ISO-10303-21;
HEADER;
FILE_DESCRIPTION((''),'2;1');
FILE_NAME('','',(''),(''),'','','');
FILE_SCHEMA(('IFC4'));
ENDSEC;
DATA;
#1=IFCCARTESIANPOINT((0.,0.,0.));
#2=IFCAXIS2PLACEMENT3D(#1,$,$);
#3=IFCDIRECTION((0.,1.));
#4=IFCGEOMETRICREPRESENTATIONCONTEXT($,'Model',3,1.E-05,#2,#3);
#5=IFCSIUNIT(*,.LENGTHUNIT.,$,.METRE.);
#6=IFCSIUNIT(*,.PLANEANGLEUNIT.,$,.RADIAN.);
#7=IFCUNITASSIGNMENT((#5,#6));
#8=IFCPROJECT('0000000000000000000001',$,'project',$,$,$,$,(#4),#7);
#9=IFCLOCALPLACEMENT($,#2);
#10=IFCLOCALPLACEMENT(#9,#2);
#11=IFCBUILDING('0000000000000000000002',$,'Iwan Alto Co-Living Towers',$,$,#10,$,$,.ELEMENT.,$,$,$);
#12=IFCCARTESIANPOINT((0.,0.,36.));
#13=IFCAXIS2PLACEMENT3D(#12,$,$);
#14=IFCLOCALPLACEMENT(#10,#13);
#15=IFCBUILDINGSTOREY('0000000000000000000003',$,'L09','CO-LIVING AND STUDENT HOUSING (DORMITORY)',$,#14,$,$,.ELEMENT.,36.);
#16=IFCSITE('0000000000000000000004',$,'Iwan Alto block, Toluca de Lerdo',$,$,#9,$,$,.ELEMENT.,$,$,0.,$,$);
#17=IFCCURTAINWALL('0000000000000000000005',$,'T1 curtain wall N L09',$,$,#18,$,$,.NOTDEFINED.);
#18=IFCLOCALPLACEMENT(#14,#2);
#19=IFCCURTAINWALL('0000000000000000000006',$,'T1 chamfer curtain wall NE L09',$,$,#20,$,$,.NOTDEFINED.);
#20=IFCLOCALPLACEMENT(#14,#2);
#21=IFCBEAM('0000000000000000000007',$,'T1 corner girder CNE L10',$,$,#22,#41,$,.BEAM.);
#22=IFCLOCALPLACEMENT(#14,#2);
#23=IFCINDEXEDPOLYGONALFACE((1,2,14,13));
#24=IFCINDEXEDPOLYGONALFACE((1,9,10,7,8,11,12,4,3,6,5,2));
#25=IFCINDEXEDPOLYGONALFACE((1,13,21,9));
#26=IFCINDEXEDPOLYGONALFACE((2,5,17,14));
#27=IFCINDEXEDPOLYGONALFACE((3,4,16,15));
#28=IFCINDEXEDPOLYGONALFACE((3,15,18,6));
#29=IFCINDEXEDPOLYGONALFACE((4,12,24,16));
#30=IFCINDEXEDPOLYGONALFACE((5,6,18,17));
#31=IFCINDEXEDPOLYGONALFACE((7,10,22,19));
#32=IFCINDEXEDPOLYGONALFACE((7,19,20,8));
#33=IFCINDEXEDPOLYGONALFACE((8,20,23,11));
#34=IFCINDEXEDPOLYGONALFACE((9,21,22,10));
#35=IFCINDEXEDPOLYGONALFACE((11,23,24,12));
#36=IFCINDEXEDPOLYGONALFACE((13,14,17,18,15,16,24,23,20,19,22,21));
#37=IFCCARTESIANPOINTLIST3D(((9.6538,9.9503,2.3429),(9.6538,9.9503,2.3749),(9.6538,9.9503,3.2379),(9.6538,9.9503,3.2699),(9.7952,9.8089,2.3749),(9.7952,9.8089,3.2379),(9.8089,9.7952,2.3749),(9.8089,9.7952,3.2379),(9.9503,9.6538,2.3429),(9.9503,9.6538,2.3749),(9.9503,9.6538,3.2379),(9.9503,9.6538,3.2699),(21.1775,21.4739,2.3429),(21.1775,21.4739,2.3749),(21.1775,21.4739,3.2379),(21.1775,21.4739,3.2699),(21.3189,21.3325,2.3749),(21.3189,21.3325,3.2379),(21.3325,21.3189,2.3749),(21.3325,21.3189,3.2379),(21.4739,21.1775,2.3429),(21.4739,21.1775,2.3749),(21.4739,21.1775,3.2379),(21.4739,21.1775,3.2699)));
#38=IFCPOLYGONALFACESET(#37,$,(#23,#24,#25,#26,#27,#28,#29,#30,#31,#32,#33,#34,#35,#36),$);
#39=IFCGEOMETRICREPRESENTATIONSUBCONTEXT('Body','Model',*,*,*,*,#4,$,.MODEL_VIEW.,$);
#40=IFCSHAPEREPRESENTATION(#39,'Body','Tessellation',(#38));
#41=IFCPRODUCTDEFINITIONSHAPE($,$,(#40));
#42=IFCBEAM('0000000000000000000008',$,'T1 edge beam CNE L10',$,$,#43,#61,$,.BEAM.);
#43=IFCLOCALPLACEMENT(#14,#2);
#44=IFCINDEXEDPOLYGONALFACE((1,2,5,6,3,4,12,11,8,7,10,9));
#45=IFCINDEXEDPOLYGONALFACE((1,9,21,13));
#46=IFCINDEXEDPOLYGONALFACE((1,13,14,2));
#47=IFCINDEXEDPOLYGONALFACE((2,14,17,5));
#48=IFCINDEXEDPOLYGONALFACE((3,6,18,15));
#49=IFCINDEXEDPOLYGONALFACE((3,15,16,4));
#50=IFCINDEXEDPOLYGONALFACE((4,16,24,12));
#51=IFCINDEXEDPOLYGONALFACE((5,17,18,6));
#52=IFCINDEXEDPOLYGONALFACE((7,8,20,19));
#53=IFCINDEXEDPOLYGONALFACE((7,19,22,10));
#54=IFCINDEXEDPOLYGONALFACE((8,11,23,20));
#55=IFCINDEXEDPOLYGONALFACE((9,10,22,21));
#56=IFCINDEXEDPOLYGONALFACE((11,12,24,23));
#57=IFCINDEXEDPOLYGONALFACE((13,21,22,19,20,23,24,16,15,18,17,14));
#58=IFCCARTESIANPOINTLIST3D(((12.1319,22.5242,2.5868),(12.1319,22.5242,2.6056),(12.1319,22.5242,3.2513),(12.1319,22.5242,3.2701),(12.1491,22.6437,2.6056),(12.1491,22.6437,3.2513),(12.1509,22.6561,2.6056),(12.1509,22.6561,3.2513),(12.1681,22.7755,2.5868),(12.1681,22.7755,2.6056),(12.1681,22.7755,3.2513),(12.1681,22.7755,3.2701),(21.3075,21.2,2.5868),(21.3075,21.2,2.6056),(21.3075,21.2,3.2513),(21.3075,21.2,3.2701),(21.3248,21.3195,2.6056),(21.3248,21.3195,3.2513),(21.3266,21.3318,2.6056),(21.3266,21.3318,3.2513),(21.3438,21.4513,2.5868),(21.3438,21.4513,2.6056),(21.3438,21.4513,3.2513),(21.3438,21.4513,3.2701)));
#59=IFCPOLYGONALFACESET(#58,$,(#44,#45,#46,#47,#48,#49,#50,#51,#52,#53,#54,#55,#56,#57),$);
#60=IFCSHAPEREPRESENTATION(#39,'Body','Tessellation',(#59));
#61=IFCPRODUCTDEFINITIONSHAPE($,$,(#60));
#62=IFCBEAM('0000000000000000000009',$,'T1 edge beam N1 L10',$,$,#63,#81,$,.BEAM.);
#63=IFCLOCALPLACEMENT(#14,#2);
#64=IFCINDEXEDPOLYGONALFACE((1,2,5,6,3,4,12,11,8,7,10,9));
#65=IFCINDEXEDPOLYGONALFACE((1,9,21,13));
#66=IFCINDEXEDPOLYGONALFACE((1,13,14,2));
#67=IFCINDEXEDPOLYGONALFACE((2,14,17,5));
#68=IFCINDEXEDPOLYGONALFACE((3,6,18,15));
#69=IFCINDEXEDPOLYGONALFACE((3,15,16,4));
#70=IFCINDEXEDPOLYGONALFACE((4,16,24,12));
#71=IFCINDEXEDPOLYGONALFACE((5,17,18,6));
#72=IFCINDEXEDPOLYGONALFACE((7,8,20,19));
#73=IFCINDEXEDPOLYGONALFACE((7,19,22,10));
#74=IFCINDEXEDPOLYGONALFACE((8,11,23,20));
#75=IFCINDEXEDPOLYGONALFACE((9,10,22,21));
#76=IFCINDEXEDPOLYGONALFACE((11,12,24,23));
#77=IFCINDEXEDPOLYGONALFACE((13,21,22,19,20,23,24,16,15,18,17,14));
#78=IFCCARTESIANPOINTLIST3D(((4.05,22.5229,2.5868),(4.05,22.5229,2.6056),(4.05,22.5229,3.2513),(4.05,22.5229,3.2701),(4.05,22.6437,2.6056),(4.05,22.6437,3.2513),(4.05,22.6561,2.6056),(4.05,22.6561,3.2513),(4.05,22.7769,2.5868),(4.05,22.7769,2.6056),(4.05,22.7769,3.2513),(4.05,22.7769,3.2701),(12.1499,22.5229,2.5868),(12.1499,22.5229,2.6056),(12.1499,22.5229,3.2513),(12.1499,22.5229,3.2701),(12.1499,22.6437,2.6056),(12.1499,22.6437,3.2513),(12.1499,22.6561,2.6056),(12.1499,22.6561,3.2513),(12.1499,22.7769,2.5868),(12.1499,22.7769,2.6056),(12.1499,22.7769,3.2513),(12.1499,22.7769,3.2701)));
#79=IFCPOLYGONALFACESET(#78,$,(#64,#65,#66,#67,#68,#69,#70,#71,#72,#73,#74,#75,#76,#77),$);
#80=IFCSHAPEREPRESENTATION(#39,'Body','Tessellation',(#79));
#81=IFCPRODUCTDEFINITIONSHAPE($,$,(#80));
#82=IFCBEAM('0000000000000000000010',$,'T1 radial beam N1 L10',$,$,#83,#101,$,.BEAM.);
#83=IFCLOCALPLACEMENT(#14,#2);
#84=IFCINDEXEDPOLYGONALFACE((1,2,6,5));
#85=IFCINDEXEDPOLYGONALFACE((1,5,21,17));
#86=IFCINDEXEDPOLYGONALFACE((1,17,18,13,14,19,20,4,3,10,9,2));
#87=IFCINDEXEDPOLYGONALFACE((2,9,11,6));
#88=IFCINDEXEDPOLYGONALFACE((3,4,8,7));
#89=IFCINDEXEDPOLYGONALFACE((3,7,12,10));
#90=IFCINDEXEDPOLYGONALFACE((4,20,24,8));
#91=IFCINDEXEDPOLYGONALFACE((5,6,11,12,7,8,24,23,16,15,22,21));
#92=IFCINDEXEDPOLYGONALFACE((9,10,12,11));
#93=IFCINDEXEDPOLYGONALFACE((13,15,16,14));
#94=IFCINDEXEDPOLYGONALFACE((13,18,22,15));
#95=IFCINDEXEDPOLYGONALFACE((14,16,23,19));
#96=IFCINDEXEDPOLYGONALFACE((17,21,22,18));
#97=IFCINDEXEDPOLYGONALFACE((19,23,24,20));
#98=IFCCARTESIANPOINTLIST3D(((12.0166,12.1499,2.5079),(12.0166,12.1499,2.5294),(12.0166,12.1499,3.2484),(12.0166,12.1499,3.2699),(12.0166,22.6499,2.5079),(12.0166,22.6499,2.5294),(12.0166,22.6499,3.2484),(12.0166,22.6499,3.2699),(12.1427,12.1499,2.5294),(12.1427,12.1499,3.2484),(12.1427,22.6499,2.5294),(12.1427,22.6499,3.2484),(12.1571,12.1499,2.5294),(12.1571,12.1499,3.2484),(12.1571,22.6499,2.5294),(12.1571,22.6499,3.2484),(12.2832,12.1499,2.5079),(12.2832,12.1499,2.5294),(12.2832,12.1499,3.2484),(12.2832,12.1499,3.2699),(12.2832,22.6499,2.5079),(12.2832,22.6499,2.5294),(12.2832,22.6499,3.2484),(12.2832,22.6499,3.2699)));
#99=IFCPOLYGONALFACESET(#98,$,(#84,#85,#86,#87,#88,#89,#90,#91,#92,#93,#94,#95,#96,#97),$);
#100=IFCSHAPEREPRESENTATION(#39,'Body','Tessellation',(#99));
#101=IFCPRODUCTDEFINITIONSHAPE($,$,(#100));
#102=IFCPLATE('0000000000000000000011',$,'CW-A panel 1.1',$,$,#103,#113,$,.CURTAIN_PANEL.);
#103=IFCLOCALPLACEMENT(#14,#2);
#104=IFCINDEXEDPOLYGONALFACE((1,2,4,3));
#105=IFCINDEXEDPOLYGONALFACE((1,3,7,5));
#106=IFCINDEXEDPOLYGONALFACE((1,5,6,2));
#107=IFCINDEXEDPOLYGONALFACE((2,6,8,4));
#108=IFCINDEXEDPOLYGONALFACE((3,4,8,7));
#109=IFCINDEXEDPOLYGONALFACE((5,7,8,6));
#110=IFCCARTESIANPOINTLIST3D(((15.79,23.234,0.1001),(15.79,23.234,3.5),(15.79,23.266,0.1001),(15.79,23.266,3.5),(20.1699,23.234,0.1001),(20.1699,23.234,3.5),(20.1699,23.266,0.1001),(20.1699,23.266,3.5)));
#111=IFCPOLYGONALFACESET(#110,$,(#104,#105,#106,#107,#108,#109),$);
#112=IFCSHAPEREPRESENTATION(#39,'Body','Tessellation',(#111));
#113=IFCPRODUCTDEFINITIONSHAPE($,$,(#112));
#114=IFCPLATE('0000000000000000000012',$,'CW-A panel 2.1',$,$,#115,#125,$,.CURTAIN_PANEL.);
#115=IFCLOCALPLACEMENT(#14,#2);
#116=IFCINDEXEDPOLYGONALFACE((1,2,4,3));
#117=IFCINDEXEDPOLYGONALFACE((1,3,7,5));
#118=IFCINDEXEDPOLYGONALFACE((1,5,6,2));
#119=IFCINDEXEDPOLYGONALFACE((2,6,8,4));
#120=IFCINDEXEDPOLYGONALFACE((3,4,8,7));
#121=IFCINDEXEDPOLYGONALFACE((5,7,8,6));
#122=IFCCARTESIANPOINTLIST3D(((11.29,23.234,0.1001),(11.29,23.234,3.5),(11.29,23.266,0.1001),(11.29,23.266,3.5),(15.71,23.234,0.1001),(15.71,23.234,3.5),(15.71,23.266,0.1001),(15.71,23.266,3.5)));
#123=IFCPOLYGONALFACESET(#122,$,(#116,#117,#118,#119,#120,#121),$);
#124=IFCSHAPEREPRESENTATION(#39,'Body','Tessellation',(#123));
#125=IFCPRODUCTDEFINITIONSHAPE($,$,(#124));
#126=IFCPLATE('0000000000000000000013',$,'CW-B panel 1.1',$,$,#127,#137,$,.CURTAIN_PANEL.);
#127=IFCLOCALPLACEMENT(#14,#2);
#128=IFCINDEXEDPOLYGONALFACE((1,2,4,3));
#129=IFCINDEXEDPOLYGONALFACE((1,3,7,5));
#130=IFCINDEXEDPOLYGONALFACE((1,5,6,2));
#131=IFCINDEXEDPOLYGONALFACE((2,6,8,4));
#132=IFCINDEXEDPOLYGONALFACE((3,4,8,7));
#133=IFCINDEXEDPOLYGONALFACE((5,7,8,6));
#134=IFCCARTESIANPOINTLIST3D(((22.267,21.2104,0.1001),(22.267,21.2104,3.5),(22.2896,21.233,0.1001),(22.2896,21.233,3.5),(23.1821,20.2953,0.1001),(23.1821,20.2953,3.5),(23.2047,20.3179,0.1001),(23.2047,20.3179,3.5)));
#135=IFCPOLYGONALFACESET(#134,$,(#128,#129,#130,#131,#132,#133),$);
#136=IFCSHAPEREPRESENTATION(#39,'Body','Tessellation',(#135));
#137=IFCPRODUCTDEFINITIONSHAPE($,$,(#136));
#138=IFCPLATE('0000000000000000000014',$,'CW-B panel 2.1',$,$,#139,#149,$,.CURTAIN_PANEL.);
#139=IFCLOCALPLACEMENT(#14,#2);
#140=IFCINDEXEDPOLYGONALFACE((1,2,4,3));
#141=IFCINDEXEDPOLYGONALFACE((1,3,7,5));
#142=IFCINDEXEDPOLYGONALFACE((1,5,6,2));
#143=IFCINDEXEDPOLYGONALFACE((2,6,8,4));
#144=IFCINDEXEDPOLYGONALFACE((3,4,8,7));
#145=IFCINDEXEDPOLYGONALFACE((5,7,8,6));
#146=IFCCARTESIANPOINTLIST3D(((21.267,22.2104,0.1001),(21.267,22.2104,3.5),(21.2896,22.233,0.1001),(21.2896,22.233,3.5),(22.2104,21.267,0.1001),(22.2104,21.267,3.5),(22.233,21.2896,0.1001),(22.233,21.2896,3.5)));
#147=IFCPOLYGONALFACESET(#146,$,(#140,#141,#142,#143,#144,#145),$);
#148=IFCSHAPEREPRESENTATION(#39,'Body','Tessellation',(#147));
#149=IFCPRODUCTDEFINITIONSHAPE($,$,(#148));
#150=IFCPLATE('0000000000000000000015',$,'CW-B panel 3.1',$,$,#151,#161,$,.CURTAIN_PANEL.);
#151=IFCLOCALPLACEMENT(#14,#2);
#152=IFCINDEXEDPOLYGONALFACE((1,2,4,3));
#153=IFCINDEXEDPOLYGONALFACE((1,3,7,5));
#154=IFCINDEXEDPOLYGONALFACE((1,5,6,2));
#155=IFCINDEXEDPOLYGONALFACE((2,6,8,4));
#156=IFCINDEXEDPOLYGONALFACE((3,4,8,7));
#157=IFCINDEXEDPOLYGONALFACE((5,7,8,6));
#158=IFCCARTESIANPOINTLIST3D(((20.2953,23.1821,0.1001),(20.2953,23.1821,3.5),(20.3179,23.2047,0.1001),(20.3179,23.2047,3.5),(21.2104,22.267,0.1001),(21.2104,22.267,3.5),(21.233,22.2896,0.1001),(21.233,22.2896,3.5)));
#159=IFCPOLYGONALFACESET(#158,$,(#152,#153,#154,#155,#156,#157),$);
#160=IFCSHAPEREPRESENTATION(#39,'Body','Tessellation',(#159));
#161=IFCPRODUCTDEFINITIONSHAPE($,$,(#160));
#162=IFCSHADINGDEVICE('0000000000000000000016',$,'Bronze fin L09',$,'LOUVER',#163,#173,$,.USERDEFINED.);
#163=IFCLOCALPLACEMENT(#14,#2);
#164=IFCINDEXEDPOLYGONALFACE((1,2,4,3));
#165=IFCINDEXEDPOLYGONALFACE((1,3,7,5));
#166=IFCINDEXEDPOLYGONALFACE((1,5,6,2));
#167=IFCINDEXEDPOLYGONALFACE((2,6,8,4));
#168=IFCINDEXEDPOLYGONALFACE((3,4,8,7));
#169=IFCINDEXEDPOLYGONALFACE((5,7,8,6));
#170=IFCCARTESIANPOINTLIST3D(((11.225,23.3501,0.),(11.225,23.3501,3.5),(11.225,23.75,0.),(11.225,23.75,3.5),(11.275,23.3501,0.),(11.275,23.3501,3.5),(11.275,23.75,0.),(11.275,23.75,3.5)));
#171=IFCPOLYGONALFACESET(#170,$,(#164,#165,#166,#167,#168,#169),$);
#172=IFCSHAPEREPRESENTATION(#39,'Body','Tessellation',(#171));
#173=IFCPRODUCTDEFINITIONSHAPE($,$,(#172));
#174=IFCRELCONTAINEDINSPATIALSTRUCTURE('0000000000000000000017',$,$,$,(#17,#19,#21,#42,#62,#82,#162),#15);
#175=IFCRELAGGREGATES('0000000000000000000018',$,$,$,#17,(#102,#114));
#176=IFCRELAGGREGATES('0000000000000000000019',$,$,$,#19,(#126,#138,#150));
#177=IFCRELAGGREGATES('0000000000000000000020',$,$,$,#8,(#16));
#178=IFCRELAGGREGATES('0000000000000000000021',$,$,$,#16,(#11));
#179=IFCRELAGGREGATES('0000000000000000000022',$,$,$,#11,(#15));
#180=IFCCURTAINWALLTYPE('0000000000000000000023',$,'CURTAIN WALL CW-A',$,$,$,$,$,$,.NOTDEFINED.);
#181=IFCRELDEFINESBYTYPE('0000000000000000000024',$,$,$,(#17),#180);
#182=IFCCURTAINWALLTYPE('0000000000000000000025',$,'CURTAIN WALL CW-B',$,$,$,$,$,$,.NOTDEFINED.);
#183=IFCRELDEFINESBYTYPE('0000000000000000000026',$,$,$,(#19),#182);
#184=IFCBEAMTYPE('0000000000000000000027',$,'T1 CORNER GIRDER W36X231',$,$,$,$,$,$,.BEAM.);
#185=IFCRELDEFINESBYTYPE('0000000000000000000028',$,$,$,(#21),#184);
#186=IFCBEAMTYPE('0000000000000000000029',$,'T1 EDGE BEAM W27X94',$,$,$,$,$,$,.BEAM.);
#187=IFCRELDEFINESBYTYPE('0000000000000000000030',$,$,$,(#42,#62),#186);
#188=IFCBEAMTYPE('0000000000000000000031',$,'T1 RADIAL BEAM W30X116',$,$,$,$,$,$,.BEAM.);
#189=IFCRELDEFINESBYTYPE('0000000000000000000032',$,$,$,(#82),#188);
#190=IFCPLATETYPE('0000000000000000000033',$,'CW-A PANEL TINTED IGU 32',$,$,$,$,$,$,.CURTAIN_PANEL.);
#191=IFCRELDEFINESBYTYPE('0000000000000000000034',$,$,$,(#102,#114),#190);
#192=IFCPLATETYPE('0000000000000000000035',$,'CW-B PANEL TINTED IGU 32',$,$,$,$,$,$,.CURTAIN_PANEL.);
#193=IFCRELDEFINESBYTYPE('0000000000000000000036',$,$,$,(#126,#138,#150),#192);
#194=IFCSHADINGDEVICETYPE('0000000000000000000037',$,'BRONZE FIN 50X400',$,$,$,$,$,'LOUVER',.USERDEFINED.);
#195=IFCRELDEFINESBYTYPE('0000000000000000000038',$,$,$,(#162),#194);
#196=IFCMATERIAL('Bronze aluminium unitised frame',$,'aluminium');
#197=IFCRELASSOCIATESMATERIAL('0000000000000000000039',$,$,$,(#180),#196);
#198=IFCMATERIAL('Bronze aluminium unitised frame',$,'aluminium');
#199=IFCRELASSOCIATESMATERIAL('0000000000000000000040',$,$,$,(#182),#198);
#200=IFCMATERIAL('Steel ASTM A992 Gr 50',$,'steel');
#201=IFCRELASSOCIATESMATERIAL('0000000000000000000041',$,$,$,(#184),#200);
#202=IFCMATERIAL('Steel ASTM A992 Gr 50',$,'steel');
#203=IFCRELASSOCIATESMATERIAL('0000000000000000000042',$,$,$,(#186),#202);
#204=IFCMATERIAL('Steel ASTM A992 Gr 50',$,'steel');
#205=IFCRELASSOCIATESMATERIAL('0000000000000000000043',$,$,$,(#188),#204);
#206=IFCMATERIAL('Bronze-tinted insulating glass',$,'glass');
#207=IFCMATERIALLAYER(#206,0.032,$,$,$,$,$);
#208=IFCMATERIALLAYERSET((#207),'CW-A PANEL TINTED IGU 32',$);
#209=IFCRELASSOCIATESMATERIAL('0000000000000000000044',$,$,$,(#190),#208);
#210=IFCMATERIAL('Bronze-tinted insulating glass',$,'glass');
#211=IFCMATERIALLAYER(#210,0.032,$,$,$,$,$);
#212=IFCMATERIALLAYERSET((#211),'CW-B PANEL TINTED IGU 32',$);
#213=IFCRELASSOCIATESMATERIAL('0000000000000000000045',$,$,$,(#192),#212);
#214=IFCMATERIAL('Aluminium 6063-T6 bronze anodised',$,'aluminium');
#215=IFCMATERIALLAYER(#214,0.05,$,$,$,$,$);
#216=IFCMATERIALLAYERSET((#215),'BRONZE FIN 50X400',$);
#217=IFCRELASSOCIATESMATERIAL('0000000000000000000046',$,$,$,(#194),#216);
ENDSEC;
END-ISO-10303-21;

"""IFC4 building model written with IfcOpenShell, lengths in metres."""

from ifc_helpers import new_model, si_unit, direction, frame, origin, origin_2d, place, context, subcontext, project, spatial, rectangle, i_section, extrude, material, layer, layer_set, material_profile, profile_set, type_object, element, aggregate, save


model = new_model("IFC4")

# Units and contexts
model_context = context("Model", 3, precision=1e-05, world=origin(), true_north=direction((0.0, 1.0)))
body_context = subcontext(model_context, "Body", "Model", "MODEL_VIEW")
ifc_project = project(units=[si_unit("LENGTHUNIT", "METRE"), si_unit("PLANEANGLEUNIT", "RADIAN")], contexts=[model_context])

# Site, building, storey
site_placement = place(None, origin())
site = spatial("IfcSite", under=ifc_project, at=site_placement, Name="Iwan Alto block, Toluca de Lerdo", CompositionType="ELEMENT", RefElevation=0.0)
building_placement = place(site_placement, origin())
building = spatial("IfcBuilding", under=site, at=building_placement, Name="Iwan Alto Co-Living Towers", CompositionType="ELEMENT")
storey_placement = place(building_placement, frame((0.0, 0.0, 36.0)))
storey = spatial("IfcBuildingStorey", under=building, at=storey_placement, Name="L09", Description="CO-LIVING AND STUDENT HOUSING (DORMITORY)", CompositionType="ELEMENT", Elevation=36.0)

# Curtain walls
ifc_material_1 = material(Name="Bronze aluminium unitised frame", Category="aluminium")
curtain_wall_type_1 = type_object("IfcCurtainWallType", Name="CURTAIN WALL CW-A", PredefinedType="NOTDEFINED", material=ifc_material_1)
curtain_wall_1_placement = place(storey_placement, origin())
curtain_wall_1 = element("IfcCurtainWall", 1, at=curtain_wall_1_placement, inside=storey, type_object=curtain_wall_type_1, Name="T1 curtain wall N L09", PredefinedType="NOTDEFINED")
ifc_material_2 = material(Name="Bronze aluminium unitised frame", Category="aluminium")
curtain_wall_type_2 = type_object("IfcCurtainWallType", Name="CURTAIN WALL CW-B", PredefinedType="NOTDEFINED", material=ifc_material_2)
curtain_wall_2_placement = place(storey_placement, origin())
curtain_wall_2 = element("IfcCurtainWall", 2, at=curtain_wall_2_placement, inside=storey, type_object=curtain_wall_type_2, Name="T1 chamfer curtain wall NE L09", PredefinedType="NOTDEFINED")

# Beams
ifc_material_3 = material(Name="Steel ASTM A992 Gr 50", Category="steel")
ifc_material_profile_1 = material_profile(ifc_material_3, i_section(OverallWidth=0.4192, OverallDepth=0.927, WebThickness=0.0193, FlangeThickness=0.032, at=origin_2d()), Name="W36X231")
ifc_profile_set_1 = profile_set([ifc_material_profile_1], Name="Steel ASTM A992 Gr 50")
beam_type_1 = type_object("IfcBeamType", Name="T1 CORNER GIRDER W36X231", PredefinedType="BEAM", material=ifc_profile_set_1)
beam_1_placement = place(storey_placement, frame((21.3257, 21.3257, 2.8064), z_axis=(-0.707107, -0.707107, 0.0), x_axis=(0.707107, -0.707107, 0.0)))
element("IfcBeam", 3, at=beam_1_placement, inside=storey, type_object=beam_type_1, Name="T1 corner girder CNE L10", PredefinedType="BEAM", context=body_context, shape_type="SweptSolid", body=[
    extrude(i_section(OverallWidth=0.4192, OverallDepth=0.927, WebThickness=0.0193, FlangeThickness=0.032, at=origin_2d()), origin(), (0.0, 0.0, 1.0), 16.2969),
])
ifc_material_4 = material(Name="Steel ASTM A992 Gr 50", Category="steel")
ifc_material_profile_2 = material_profile(ifc_material_4, i_section(OverallWidth=0.2539, OverallDepth=0.6833, WebThickness=0.0125, FlangeThickness=0.0188, at=origin_2d()), Name="W27X94")
ifc_profile_set_2 = profile_set([ifc_material_profile_2], Name="Steel ASTM A992 Gr 50")
beam_type_2 = type_object("IfcBeamType", Name="T1 EDGE BEAM W27X94", PredefinedType="BEAM", material=ifc_profile_set_2)
beam_2_placement = place(storey_placement, frame((21.3257, 21.3257, 2.9285), z_axis=(-0.989746, 0.142837, 0.0), x_axis=(-0.142837, -0.989746, 0.0)))
element("IfcBeam", 4, at=beam_2_placement, inside=storey, type_object=beam_type_2, Name="T1 edge beam CNE L10", PredefinedType="BEAM", context=body_context, shape_type="SweptSolid", body=[
    extrude(i_section(OverallWidth=0.2539, OverallDepth=0.6833, WebThickness=0.0125, FlangeThickness=0.0188, at=origin_2d()), origin(), (0.0, 0.0, 1.0), 9.2708),
])
beam_3_placement = place(storey_placement, frame((12.1499, 22.6499, 2.9285), z_axis=(-1.0, 0.0, 0.0), x_axis=(0.0, -1.0, 0.0)))
element("IfcBeam", 5, at=beam_3_placement, inside=storey, type_object=beam_type_2, Name="T1 edge beam N1 L10", PredefinedType="BEAM", context=body_context, shape_type="SweptSolid", body=[
    extrude(i_section(OverallWidth=0.2539, OverallDepth=0.6833, WebThickness=0.0125, FlangeThickness=0.0188, at=origin_2d()), origin(), (0.0, 0.0, 1.0), 8.0999),
])
ifc_material_5 = material(Name="Steel ASTM A992 Gr 50", Category="steel")
ifc_material_profile_3 = material_profile(ifc_material_5, i_section(OverallWidth=0.2666, OverallDepth=0.762, WebThickness=0.0144, FlangeThickness=0.0215, at=origin_2d()), Name="W30X116")
ifc_profile_set_3 = profile_set([ifc_material_profile_3], Name="Steel ASTM A992 Gr 50")
beam_type_3 = type_object("IfcBeamType", Name="T1 RADIAL BEAM W30X116", PredefinedType="BEAM", material=ifc_profile_set_3)
beam_4_placement = place(storey_placement, frame((12.1499, 22.6499, 2.8889), z_axis=(0.0, -1.0, 0.0), x_axis=(1.0, 0.0, 0.0)))
element("IfcBeam", 6, at=beam_4_placement, inside=storey, type_object=beam_type_3, Name="T1 radial beam N1 L10", PredefinedType="BEAM", context=body_context, shape_type="SweptSolid", body=[
    extrude(i_section(OverallWidth=0.2666, OverallDepth=0.762, WebThickness=0.0144, FlangeThickness=0.0215, at=origin_2d()), origin(), (0.0, 0.0, 1.0), 10.5),
])

# Plates
ifc_material_6 = material(Name="Bronze-tinted insulating glass", Category="glass")
ifc_layer_1 = layer(ifc_material_6, 0.032)
ifc_layer_set_1 = layer_set([ifc_layer_1], Name="CW-A PANEL TINTED IGU 32")
plate_type_1 = type_object("IfcPlateType", Name="CW-A PANEL TINTED IGU 32", PredefinedType="CURTAIN_PANEL", material=ifc_layer_set_1)
plate_1_placement = place(storey_placement, frame((17.98, 23.25, 0.1001), z_axis=(0.0, 0.0, 1.0), x_axis=(-1.0, 0.0, 0.0)))
plate_1 = element("IfcPlate", 7, at=plate_1_placement, type_object=plate_type_1, Name="CW-A panel 1.1", PredefinedType="CURTAIN_PANEL", context=body_context, shape_type="SweptSolid", body=[
    extrude(rectangle(XDim=4.3799, YDim=0.032, at=origin_2d()), origin(), (0.0, 0.0, 1.0), 3.3999),
])
plate_2_placement = place(storey_placement, frame((13.5, 23.25, 0.1001), z_axis=(0.0, 0.0, 1.0), x_axis=(-1.0, 0.0, 0.0)))
plate_2 = element("IfcPlate", 8, at=plate_2_placement, type_object=plate_type_1, Name="CW-A panel 2.1", PredefinedType="CURTAIN_PANEL", context=body_context, shape_type="SweptSolid", body=[
    extrude(rectangle(XDim=4.4199, YDim=0.032, at=origin_2d()), origin(), (0.0, 0.0, 1.0), 3.3999),
])
aggregate(curtain_wall_1, [plate_1, plate_2])
ifc_material_7 = material(Name="Bronze-tinted insulating glass", Category="glass")
ifc_layer_2 = layer(ifc_material_7, 0.032)
ifc_layer_set_2 = layer_set([ifc_layer_2], Name="CW-B PANEL TINTED IGU 32")
plate_type_2 = type_object("IfcPlateType", Name="CW-B PANEL TINTED IGU 32", PredefinedType="CURTAIN_PANEL", material=ifc_layer_set_2)
plate_3_placement = place(storey_placement, frame((22.7358, 20.7642, 0.1001), z_axis=(0.0, 0.0, 1.0), x_axis=(-0.707107, 0.707107, 0.0)))
plate_3 = element("IfcPlate", 9, at=plate_3_placement, type_object=plate_type_2, Name="CW-B panel 1.1", PredefinedType="CURTAIN_PANEL", context=body_context, shape_type="SweptSolid", body=[
    extrude(rectangle(XDim=1.2942, YDim=0.032, at=origin_2d()), origin(), (0.0, 0.0, 1.0), 3.3999),
])
plate_4_placement = place(storey_placement, frame((21.75, 21.75, 0.1001), z_axis=(0.0, 0.0, 1.0), x_axis=(-0.707107, 0.707107, 0.0)))
plate_4 = element("IfcPlate", 10, at=plate_4_placement, type_object=plate_type_2, Name="CW-B panel 2.1", PredefinedType="CURTAIN_PANEL", context=body_context, shape_type="SweptSolid", body=[
    extrude(rectangle(XDim=1.3342, YDim=0.032, at=origin_2d()), origin(), (0.0, 0.0, 1.0), 3.3999),
])
plate_5_placement = place(storey_placement, frame((20.7642, 22.7358, 0.1001), z_axis=(0.0, 0.0, 1.0), x_axis=(-0.707107, 0.707107, 0.0)))
plate_5 = element("IfcPlate", 11, at=plate_5_placement, type_object=plate_type_2, Name="CW-B panel 3.1", PredefinedType="CURTAIN_PANEL", context=body_context, shape_type="SweptSolid", body=[
    extrude(rectangle(XDim=1.2942, YDim=0.032, at=origin_2d()), origin(), (0.0, 0.0, 1.0), 3.3999),
])
aggregate(curtain_wall_2, [plate_3, plate_4, plate_5])

# Shading device
ifc_material_8 = material(Name="Aluminium 6063-T6 bronze anodised", Category="aluminium")
ifc_layer_3 = layer(ifc_material_8, 0.05)
ifc_layer_set_3 = layer_set([ifc_layer_3], Name="BRONZE FIN 50X400")
shading_device_type = type_object("IfcShadingDeviceType", Name="BRONZE FIN 50X400", ElementType="LOUVER", PredefinedType="USERDEFINED", material=ifc_layer_set_3)
shading_device_placement = place(storey_placement, frame((11.25, 23.55, 0.0), z_axis=(0.0, 0.0, 1.0), x_axis=(-1.0, 0.0, 0.0)))
element("IfcShadingDevice", 12, at=shading_device_placement, inside=storey, type_object=shading_device_type, Name="Bronze fin L09", ObjectType="LOUVER", PredefinedType="USERDEFINED", context=body_context, shape_type="SweptSolid", body=[
    extrude(rectangle(XDim=0.05, YDim=0.3999, at=origin_2d()), origin(), (0.0, 0.0, 1.0), 3.5),
])

save(model, "model.ifc")
